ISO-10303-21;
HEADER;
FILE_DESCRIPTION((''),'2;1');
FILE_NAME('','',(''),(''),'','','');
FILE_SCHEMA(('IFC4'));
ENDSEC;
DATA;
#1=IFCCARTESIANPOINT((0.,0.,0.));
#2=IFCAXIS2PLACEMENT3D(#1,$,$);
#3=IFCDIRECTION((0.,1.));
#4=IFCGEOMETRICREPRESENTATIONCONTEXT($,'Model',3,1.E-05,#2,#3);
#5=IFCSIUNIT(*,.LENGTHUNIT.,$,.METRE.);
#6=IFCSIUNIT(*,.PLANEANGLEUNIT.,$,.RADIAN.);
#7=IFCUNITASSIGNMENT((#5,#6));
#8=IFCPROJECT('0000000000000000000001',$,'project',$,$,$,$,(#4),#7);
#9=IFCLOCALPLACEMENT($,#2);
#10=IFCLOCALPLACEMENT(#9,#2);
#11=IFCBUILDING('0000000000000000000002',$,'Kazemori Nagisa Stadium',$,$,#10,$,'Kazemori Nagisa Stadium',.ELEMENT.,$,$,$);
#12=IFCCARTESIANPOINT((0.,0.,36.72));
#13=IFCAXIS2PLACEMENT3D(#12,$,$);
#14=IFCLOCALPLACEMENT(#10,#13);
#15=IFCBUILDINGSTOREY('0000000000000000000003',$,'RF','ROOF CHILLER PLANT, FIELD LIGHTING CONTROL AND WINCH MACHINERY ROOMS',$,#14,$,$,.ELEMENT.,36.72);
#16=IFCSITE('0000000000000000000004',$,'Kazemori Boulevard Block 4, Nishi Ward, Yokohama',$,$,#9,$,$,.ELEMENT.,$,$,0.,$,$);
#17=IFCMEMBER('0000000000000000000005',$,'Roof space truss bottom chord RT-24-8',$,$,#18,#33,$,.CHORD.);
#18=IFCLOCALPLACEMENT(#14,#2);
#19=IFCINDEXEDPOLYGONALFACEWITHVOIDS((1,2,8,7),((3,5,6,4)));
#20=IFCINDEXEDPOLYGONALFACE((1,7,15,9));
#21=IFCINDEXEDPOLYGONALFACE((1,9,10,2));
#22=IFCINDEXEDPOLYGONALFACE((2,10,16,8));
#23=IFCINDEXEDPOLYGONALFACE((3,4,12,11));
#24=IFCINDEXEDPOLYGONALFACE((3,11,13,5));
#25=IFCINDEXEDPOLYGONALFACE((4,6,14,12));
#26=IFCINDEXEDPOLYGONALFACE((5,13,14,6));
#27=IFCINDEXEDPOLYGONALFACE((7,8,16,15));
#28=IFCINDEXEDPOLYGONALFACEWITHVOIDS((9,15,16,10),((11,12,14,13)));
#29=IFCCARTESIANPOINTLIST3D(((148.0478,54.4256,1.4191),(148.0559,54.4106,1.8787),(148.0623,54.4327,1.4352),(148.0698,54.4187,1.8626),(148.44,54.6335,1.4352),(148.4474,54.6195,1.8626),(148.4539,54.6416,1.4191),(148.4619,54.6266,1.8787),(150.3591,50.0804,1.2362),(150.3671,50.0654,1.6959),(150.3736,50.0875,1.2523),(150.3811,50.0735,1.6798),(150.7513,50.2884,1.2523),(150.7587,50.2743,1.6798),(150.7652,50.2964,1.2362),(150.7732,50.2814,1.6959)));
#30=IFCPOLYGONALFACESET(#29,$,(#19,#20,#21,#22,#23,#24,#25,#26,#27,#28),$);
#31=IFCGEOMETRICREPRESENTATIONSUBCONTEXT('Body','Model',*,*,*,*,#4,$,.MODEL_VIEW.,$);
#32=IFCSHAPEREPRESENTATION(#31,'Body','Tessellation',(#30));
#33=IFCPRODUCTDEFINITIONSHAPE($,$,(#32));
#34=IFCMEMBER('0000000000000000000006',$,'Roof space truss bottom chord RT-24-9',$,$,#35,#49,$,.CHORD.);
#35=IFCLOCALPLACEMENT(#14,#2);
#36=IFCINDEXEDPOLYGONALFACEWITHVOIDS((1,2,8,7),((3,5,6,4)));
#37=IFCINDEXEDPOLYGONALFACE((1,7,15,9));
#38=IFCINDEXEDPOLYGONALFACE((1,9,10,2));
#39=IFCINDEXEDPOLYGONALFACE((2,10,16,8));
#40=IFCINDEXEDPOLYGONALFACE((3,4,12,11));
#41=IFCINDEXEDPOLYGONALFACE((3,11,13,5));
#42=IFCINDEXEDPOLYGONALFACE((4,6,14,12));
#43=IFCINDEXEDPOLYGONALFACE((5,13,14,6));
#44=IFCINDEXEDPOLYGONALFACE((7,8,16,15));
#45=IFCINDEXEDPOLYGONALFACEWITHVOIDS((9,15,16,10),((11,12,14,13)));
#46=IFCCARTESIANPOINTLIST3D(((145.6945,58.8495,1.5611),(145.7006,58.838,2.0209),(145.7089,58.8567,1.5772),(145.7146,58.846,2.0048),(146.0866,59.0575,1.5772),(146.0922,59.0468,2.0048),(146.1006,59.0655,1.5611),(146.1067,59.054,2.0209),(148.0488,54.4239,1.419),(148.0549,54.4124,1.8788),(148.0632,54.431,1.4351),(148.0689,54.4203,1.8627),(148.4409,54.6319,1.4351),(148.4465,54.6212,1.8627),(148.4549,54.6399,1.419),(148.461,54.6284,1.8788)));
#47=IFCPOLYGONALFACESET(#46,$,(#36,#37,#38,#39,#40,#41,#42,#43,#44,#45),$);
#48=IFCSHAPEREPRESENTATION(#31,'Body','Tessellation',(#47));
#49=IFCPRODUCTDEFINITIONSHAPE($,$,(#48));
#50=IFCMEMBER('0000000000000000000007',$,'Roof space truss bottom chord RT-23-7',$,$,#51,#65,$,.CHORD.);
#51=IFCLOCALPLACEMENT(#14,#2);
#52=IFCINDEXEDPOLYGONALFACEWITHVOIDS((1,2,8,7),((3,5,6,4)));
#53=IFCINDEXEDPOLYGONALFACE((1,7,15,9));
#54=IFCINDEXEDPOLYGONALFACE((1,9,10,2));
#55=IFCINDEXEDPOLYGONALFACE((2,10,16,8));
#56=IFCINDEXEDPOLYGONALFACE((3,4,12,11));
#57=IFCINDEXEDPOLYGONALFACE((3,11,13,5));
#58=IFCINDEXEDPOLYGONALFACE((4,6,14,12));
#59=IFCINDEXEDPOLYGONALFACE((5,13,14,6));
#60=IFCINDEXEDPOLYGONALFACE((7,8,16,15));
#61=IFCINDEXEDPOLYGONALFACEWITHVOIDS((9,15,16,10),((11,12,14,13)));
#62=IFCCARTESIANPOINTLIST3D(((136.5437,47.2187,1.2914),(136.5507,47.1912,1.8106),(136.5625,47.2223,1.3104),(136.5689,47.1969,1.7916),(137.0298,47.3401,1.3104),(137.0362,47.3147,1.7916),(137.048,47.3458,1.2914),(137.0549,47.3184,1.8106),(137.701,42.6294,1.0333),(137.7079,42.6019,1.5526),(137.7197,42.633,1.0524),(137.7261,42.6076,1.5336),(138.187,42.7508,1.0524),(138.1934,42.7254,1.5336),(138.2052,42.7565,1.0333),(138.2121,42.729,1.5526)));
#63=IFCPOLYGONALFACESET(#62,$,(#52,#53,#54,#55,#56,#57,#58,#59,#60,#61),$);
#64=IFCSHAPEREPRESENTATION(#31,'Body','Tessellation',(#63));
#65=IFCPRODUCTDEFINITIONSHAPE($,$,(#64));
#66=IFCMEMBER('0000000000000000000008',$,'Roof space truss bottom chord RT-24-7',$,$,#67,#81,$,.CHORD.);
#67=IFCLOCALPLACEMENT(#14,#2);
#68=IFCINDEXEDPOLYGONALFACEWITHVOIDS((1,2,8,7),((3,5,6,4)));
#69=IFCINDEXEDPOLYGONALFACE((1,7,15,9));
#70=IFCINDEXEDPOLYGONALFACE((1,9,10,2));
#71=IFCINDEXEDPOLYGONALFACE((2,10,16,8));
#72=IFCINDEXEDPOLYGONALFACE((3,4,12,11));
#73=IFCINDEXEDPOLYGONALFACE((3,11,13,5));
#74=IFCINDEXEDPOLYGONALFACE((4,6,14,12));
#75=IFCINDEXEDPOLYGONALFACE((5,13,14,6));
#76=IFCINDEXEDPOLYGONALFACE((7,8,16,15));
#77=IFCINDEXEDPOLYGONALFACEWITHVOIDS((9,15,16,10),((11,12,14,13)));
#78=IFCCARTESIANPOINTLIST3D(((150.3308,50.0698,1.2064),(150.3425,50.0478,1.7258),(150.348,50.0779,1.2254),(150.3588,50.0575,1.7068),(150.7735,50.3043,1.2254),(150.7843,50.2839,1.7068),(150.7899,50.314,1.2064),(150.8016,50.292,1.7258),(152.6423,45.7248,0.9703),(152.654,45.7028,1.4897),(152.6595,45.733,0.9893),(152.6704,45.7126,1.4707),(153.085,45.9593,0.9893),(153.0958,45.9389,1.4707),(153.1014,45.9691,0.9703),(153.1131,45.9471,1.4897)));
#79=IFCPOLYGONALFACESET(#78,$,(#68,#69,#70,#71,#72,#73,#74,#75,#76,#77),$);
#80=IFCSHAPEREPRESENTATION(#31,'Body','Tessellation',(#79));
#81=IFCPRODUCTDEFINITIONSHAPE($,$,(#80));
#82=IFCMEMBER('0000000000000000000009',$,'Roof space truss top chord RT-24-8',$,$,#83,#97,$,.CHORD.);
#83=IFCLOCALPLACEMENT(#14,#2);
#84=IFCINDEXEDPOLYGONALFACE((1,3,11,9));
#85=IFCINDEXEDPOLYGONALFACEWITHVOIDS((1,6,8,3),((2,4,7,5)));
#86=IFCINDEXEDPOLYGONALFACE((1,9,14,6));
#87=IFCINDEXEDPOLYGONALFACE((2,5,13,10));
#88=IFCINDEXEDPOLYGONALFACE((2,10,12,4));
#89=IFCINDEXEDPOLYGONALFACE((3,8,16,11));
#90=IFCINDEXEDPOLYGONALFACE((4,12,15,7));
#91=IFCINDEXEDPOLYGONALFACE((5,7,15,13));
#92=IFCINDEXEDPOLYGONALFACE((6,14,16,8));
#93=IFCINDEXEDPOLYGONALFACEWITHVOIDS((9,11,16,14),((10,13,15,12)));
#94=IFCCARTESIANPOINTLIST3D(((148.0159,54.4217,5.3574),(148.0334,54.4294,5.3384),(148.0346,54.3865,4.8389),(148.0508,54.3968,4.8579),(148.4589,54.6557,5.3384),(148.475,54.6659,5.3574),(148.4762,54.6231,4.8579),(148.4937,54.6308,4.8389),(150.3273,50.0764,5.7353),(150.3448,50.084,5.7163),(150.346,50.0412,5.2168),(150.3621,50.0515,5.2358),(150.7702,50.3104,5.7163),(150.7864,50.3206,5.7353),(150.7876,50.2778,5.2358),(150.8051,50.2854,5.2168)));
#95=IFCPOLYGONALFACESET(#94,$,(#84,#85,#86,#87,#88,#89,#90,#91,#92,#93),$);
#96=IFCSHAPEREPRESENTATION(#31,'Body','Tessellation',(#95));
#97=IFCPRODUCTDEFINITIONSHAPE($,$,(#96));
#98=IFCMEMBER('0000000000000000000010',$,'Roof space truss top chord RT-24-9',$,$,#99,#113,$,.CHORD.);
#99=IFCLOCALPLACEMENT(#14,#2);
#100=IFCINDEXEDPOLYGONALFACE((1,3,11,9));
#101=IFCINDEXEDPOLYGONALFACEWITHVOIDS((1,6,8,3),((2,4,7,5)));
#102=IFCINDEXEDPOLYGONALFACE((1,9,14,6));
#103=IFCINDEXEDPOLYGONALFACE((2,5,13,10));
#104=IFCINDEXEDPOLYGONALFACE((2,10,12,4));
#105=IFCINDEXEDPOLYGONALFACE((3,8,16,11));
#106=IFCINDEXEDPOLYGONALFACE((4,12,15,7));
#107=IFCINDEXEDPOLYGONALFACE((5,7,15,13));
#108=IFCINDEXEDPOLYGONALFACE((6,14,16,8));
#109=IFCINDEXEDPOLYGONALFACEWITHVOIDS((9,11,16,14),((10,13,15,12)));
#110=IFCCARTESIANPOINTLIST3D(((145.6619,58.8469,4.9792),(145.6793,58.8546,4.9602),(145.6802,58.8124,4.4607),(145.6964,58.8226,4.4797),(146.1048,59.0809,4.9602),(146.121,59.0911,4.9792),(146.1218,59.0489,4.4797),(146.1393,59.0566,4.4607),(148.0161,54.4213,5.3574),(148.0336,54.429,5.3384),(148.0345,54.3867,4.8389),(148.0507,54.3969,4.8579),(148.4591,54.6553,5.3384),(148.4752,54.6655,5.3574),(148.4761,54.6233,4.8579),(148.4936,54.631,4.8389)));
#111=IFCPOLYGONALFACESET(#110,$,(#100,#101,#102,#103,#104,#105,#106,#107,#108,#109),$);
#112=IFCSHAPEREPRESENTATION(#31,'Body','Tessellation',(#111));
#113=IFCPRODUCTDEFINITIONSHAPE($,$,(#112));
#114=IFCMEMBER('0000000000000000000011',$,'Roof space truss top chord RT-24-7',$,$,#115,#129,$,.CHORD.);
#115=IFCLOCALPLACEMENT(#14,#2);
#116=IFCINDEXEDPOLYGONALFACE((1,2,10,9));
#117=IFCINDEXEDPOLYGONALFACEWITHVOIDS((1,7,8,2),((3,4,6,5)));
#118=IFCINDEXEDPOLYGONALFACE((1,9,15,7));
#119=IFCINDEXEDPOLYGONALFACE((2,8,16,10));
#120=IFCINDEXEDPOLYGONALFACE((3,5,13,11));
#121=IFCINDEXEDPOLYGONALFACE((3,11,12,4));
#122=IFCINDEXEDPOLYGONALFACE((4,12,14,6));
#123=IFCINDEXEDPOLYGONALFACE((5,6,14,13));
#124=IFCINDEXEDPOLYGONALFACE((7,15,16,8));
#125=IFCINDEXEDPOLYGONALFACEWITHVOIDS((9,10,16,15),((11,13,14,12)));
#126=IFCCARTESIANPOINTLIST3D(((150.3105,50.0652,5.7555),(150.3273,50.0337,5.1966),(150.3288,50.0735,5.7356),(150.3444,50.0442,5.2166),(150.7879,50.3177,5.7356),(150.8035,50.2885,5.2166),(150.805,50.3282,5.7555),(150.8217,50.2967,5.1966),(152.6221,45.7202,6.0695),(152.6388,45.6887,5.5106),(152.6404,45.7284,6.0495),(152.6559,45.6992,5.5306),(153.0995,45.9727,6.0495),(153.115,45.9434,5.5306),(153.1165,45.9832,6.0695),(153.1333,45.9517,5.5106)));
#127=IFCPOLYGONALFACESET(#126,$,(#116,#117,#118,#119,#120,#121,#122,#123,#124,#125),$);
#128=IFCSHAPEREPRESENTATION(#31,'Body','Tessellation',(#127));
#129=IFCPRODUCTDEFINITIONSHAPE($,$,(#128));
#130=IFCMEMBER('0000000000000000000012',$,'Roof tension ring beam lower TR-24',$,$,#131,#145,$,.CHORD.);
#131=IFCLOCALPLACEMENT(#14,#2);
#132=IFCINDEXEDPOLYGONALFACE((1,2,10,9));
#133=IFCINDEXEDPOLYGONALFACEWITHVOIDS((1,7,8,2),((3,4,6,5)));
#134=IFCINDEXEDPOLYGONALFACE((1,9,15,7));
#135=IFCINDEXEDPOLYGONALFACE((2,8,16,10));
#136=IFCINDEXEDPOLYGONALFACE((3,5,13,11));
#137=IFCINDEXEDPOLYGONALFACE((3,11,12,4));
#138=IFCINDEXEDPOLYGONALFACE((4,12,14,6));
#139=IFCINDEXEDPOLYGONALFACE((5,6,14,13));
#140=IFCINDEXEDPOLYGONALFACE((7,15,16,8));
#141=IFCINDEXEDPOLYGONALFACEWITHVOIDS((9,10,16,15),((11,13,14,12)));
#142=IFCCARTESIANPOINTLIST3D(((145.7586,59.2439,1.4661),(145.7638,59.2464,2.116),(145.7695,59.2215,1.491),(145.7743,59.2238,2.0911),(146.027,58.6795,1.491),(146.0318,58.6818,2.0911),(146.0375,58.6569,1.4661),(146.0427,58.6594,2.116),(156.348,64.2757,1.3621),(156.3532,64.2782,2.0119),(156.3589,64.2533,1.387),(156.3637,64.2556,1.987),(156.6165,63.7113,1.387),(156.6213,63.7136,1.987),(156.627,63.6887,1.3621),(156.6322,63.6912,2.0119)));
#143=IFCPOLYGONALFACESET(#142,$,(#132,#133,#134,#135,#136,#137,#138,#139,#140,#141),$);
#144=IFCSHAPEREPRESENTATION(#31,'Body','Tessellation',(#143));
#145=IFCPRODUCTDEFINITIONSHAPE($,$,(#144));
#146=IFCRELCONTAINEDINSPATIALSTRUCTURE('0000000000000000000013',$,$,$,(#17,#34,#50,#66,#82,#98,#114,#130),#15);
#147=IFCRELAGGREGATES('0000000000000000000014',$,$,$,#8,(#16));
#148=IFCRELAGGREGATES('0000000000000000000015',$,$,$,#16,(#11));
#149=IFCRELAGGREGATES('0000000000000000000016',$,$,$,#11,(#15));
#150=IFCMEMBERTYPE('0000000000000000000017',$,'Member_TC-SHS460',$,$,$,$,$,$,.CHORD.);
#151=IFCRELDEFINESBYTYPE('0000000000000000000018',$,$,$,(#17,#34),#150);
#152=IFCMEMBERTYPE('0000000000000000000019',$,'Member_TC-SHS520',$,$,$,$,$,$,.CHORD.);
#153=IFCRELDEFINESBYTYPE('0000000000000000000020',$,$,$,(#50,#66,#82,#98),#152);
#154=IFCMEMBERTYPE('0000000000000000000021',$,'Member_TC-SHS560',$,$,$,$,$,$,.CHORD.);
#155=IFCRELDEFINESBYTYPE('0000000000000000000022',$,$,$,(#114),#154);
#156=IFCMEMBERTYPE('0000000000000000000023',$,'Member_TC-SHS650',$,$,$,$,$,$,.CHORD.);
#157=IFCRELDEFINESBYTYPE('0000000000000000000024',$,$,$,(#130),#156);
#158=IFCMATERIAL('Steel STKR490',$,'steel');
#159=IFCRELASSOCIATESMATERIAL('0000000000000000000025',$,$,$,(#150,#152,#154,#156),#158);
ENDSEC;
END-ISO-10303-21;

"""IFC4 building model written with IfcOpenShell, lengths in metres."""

from ifc_helpers import new_model, si_unit, direction, frame, origin, origin_2d, place, context, subcontext, project, spatial, hollow_rectangle, extrude, material, material_profile, profile_set, type_object, element, save


model = new_model("IFC4")

# Units and contexts
model_context = context("Model", 3, precision=1e-05, world=origin(), true_north=direction((0.0, 1.0)))
body_context = subcontext(model_context, "Body", "Model", "MODEL_VIEW")
ifc_project = project(units=[si_unit("LENGTHUNIT", "METRE"), si_unit("PLANEANGLEUNIT", "RADIAN")], contexts=[model_context])

# Site, building, storey
site_placement = place(None, origin())
site = spatial("IfcSite", under=ifc_project, at=site_placement, Name="Kazemori Boulevard Block 4, Nishi Ward, Yokohama", CompositionType="ELEMENT", RefElevation=0.0)
building_placement = place(site_placement, origin())
building = spatial("IfcBuilding", under=site, at=building_placement, Name="Kazemori Nagisa Stadium", LongName="Kazemori Nagisa Stadium", CompositionType="ELEMENT")
storey_placement = place(building_placement, frame((0.0, 0.0, 36.72)))
storey = spatial("IfcBuildingStorey", under=building, at=storey_placement, Name="RF", Description="ROOF CHILLER PLANT, FIELD LIGHTING CONTROL AND WINCH MACHINERY ROOMS", CompositionType="ELEMENT", Elevation=36.72)

# Members
ifc_material_1 = material(Name="Steel STKR490", Category="steel")
ifc_material_profile_1 = material_profile(ifc_material_1, hollow_rectangle(XDim=0.46, YDim=0.46, WallThickness=0.0161, at=origin_2d()), Name="SHS-460x460x16")
ifc_profile_set_1 = profile_set([ifc_material_profile_1], Name="Steel STKR490")
member_type_1 = type_object("IfcMemberType", Name="Member_TC-SHS460", PredefinedType="CHORD", material=ifc_profile_set_1)
member_1_placement = place(storey_placement, frame((150.5662, 50.1809, 1.4661), z_axis=(-0.469288, 0.882264, 0.037129), x_axis=(-0.882873, -0.469612, 0.0)))
element("IfcMember", 1, at=member_1_placement, inside=storey, type_object=member_type_1, Name="Roof space truss bottom chord RT-24-8", PredefinedType="CHORD", context=body_context, shape_type="SweptSolid", body=[
    extrude(hollow_rectangle(XDim=0.46, YDim=0.46, WallThickness=0.0161, at=origin_2d()), origin(), (0.0, 0.0, 1.0), 4.925),
])
member_2_placement = place(storey_placement, frame((148.2549, 54.5261, 1.6489), z_axis=(-0.469462, 0.882498, 0.028334), x_axis=(-0.882853, -0.46965, 0.0)))
element("IfcMember", 2, at=member_2_placement, inside=storey, type_object=member_type_1, Name="Roof space truss bottom chord RT-24-9", PredefinedType="CHORD", context=body_context, shape_type="SweptSolid", body=[
    extrude(hollow_rectangle(XDim=0.46, YDim=0.46, WallThickness=0.0161, at=origin_2d()), origin(), (0.0, 0.0, 1.0), 5.0149),
])
ifc_material_profile_2 = material_profile(ifc_material_1, hollow_rectangle(XDim=0.52, YDim=0.52, WallThickness=0.019, at=origin_2d()), Name="SHS-520x520x19")
ifc_profile_set_2 = profile_set([ifc_material_profile_2], Name="Steel STKR490")
member_type_2 = type_object("IfcMemberType", Name="Member_TC-SHS520", PredefinedType="CHORD", material=ifc_profile_set_2)
member_3_placement = place(storey_placement, frame((137.9565, 42.6792, 1.293), z_axis=(-0.244139, 0.968211, 0.054442), x_axis=(-0.969649, -0.244501, 0.0)))
element("IfcMember", 3, at=member_3_placement, inside=storey, type_object=member_type_2, Name="Roof space truss bottom chord RT-23-7", PredefinedType="CHORD", context=body_context, shape_type="SweptSolid", body=[
    extrude(hollow_rectangle(XDim=0.52, YDim=0.52, WallThickness=0.019, at=origin_2d()), origin(), (0.0, 0.0, 1.0), 4.74),
])
member_4_placement = place(storey_placement, frame((152.8777, 45.8359, 1.23), z_axis=(-0.469132, 0.881827, 0.047914), x_axis=(-0.882841, -0.469671, 0.0)))
element("IfcMember", 4, at=member_4_placement, inside=storey, type_object=member_type_2, Name="Roof space truss bottom chord RT-24-7", PredefinedType="CHORD", context=body_context, shape_type="SweptSolid", body=[
    extrude(hollow_rectangle(XDim=0.52, YDim=0.52, WallThickness=0.019, at=origin_2d()), origin(), (0.0, 0.0, 1.0), 4.9272),
])
member_5_placement = place(storey_placement, frame((150.5662, 50.1809, 5.4761), z_axis=(-0.468234, 0.880281, -0.076563), x_axis=(-0.882873, -0.469612, 0.0)))
element("IfcMember", 5, at=member_5_placement, inside=storey, type_object=member_type_2, Name="Roof space truss top chord RT-24-8", PredefinedType="CHORD", context=body_context, shape_type="SweptSolid", body=[
    extrude(hollow_rectangle(XDim=0.52, YDim=0.52, WallThickness=0.019, at=origin_2d()), origin(), (0.0, 0.0, 1.0), 4.9363),
])
member_6_placement = place(storey_placement, frame((148.2549, 54.5261, 5.0981), z_axis=(-0.468319, 0.880351, -0.075228), x_axis=(-0.882853, -0.46965, 0.0)))
element("IfcMember", 6, at=member_6_placement, inside=storey, type_object=member_type_2, Name="Roof space truss top chord RT-24-9", PredefinedType="CHORD", context=body_context, shape_type="SweptSolid", body=[
    extrude(hollow_rectangle(XDim=0.52, YDim=0.52, WallThickness=0.019, at=origin_2d()), origin(), (0.0, 0.0, 1.0), 5.0271),
])
ifc_material_profile_3 = material_profile(ifc_material_1, hollow_rectangle(XDim=0.5601, YDim=0.5601, WallThickness=0.02, at=origin_2d()), Name="SHS-560x560x20")
ifc_profile_set_3 = profile_set([ifc_material_profile_3], Name="Steel STKR490")
member_type_3 = type_object("IfcMemberType", Name="Member_TC-SHS560", PredefinedType="CHORD", material=ifc_profile_set_3)
member_7_placement = place(storey_placement, frame((152.8777, 45.8359, 5.79), z_axis=(-0.468719, 0.88105, -0.063664), x_axis=(-0.882841, -0.469671, 0.0)))
element("IfcMember", 7, at=member_7_placement, inside=storey, type_object=member_type_3, Name="Roof space truss top chord RT-24-7", PredefinedType="CHORD", context=body_context, shape_type="SweptSolid", body=[
    extrude(hollow_rectangle(XDim=0.5601, YDim=0.5601, WallThickness=0.02, at=origin_2d()), origin(), (0.0, 0.0, 1.0), 4.9316),
])
ifc_material_profile_4 = material_profile(ifc_material_1, hollow_rectangle(XDim=0.6499, YDim=0.6499, WallThickness=0.0249, at=origin_2d()), Name="SHS-650x650x25")
ifc_profile_set_4 = profile_set([ifc_material_profile_4], Name="Steel STKR490")
member_type_4 = type_object("IfcMemberType", Name="Member_TC-SHS650", PredefinedType="CHORD", material=ifc_profile_set_4)
member_8_placement = place(storey_placement, frame((145.9006, 58.9517, 1.791), z_axis=(0.903183, 0.429165, -0.008871), x_axis=(-0.429182, 0.903218, 0.0)))
element("IfcMember", 8, at=member_8_placement, inside=storey, type_object=member_type_4, Name="Roof tension ring beam lower TR-24", PredefinedType="CHORD", context=body_context, shape_type="SweptSolid", body=[
    extrude(hollow_rectangle(XDim=0.6499, YDim=0.6499, WallThickness=0.0249, at=origin_2d()), origin(), (0.0, 0.0, 1.0), 11.7246),
])

save(model, "model.ifc")
